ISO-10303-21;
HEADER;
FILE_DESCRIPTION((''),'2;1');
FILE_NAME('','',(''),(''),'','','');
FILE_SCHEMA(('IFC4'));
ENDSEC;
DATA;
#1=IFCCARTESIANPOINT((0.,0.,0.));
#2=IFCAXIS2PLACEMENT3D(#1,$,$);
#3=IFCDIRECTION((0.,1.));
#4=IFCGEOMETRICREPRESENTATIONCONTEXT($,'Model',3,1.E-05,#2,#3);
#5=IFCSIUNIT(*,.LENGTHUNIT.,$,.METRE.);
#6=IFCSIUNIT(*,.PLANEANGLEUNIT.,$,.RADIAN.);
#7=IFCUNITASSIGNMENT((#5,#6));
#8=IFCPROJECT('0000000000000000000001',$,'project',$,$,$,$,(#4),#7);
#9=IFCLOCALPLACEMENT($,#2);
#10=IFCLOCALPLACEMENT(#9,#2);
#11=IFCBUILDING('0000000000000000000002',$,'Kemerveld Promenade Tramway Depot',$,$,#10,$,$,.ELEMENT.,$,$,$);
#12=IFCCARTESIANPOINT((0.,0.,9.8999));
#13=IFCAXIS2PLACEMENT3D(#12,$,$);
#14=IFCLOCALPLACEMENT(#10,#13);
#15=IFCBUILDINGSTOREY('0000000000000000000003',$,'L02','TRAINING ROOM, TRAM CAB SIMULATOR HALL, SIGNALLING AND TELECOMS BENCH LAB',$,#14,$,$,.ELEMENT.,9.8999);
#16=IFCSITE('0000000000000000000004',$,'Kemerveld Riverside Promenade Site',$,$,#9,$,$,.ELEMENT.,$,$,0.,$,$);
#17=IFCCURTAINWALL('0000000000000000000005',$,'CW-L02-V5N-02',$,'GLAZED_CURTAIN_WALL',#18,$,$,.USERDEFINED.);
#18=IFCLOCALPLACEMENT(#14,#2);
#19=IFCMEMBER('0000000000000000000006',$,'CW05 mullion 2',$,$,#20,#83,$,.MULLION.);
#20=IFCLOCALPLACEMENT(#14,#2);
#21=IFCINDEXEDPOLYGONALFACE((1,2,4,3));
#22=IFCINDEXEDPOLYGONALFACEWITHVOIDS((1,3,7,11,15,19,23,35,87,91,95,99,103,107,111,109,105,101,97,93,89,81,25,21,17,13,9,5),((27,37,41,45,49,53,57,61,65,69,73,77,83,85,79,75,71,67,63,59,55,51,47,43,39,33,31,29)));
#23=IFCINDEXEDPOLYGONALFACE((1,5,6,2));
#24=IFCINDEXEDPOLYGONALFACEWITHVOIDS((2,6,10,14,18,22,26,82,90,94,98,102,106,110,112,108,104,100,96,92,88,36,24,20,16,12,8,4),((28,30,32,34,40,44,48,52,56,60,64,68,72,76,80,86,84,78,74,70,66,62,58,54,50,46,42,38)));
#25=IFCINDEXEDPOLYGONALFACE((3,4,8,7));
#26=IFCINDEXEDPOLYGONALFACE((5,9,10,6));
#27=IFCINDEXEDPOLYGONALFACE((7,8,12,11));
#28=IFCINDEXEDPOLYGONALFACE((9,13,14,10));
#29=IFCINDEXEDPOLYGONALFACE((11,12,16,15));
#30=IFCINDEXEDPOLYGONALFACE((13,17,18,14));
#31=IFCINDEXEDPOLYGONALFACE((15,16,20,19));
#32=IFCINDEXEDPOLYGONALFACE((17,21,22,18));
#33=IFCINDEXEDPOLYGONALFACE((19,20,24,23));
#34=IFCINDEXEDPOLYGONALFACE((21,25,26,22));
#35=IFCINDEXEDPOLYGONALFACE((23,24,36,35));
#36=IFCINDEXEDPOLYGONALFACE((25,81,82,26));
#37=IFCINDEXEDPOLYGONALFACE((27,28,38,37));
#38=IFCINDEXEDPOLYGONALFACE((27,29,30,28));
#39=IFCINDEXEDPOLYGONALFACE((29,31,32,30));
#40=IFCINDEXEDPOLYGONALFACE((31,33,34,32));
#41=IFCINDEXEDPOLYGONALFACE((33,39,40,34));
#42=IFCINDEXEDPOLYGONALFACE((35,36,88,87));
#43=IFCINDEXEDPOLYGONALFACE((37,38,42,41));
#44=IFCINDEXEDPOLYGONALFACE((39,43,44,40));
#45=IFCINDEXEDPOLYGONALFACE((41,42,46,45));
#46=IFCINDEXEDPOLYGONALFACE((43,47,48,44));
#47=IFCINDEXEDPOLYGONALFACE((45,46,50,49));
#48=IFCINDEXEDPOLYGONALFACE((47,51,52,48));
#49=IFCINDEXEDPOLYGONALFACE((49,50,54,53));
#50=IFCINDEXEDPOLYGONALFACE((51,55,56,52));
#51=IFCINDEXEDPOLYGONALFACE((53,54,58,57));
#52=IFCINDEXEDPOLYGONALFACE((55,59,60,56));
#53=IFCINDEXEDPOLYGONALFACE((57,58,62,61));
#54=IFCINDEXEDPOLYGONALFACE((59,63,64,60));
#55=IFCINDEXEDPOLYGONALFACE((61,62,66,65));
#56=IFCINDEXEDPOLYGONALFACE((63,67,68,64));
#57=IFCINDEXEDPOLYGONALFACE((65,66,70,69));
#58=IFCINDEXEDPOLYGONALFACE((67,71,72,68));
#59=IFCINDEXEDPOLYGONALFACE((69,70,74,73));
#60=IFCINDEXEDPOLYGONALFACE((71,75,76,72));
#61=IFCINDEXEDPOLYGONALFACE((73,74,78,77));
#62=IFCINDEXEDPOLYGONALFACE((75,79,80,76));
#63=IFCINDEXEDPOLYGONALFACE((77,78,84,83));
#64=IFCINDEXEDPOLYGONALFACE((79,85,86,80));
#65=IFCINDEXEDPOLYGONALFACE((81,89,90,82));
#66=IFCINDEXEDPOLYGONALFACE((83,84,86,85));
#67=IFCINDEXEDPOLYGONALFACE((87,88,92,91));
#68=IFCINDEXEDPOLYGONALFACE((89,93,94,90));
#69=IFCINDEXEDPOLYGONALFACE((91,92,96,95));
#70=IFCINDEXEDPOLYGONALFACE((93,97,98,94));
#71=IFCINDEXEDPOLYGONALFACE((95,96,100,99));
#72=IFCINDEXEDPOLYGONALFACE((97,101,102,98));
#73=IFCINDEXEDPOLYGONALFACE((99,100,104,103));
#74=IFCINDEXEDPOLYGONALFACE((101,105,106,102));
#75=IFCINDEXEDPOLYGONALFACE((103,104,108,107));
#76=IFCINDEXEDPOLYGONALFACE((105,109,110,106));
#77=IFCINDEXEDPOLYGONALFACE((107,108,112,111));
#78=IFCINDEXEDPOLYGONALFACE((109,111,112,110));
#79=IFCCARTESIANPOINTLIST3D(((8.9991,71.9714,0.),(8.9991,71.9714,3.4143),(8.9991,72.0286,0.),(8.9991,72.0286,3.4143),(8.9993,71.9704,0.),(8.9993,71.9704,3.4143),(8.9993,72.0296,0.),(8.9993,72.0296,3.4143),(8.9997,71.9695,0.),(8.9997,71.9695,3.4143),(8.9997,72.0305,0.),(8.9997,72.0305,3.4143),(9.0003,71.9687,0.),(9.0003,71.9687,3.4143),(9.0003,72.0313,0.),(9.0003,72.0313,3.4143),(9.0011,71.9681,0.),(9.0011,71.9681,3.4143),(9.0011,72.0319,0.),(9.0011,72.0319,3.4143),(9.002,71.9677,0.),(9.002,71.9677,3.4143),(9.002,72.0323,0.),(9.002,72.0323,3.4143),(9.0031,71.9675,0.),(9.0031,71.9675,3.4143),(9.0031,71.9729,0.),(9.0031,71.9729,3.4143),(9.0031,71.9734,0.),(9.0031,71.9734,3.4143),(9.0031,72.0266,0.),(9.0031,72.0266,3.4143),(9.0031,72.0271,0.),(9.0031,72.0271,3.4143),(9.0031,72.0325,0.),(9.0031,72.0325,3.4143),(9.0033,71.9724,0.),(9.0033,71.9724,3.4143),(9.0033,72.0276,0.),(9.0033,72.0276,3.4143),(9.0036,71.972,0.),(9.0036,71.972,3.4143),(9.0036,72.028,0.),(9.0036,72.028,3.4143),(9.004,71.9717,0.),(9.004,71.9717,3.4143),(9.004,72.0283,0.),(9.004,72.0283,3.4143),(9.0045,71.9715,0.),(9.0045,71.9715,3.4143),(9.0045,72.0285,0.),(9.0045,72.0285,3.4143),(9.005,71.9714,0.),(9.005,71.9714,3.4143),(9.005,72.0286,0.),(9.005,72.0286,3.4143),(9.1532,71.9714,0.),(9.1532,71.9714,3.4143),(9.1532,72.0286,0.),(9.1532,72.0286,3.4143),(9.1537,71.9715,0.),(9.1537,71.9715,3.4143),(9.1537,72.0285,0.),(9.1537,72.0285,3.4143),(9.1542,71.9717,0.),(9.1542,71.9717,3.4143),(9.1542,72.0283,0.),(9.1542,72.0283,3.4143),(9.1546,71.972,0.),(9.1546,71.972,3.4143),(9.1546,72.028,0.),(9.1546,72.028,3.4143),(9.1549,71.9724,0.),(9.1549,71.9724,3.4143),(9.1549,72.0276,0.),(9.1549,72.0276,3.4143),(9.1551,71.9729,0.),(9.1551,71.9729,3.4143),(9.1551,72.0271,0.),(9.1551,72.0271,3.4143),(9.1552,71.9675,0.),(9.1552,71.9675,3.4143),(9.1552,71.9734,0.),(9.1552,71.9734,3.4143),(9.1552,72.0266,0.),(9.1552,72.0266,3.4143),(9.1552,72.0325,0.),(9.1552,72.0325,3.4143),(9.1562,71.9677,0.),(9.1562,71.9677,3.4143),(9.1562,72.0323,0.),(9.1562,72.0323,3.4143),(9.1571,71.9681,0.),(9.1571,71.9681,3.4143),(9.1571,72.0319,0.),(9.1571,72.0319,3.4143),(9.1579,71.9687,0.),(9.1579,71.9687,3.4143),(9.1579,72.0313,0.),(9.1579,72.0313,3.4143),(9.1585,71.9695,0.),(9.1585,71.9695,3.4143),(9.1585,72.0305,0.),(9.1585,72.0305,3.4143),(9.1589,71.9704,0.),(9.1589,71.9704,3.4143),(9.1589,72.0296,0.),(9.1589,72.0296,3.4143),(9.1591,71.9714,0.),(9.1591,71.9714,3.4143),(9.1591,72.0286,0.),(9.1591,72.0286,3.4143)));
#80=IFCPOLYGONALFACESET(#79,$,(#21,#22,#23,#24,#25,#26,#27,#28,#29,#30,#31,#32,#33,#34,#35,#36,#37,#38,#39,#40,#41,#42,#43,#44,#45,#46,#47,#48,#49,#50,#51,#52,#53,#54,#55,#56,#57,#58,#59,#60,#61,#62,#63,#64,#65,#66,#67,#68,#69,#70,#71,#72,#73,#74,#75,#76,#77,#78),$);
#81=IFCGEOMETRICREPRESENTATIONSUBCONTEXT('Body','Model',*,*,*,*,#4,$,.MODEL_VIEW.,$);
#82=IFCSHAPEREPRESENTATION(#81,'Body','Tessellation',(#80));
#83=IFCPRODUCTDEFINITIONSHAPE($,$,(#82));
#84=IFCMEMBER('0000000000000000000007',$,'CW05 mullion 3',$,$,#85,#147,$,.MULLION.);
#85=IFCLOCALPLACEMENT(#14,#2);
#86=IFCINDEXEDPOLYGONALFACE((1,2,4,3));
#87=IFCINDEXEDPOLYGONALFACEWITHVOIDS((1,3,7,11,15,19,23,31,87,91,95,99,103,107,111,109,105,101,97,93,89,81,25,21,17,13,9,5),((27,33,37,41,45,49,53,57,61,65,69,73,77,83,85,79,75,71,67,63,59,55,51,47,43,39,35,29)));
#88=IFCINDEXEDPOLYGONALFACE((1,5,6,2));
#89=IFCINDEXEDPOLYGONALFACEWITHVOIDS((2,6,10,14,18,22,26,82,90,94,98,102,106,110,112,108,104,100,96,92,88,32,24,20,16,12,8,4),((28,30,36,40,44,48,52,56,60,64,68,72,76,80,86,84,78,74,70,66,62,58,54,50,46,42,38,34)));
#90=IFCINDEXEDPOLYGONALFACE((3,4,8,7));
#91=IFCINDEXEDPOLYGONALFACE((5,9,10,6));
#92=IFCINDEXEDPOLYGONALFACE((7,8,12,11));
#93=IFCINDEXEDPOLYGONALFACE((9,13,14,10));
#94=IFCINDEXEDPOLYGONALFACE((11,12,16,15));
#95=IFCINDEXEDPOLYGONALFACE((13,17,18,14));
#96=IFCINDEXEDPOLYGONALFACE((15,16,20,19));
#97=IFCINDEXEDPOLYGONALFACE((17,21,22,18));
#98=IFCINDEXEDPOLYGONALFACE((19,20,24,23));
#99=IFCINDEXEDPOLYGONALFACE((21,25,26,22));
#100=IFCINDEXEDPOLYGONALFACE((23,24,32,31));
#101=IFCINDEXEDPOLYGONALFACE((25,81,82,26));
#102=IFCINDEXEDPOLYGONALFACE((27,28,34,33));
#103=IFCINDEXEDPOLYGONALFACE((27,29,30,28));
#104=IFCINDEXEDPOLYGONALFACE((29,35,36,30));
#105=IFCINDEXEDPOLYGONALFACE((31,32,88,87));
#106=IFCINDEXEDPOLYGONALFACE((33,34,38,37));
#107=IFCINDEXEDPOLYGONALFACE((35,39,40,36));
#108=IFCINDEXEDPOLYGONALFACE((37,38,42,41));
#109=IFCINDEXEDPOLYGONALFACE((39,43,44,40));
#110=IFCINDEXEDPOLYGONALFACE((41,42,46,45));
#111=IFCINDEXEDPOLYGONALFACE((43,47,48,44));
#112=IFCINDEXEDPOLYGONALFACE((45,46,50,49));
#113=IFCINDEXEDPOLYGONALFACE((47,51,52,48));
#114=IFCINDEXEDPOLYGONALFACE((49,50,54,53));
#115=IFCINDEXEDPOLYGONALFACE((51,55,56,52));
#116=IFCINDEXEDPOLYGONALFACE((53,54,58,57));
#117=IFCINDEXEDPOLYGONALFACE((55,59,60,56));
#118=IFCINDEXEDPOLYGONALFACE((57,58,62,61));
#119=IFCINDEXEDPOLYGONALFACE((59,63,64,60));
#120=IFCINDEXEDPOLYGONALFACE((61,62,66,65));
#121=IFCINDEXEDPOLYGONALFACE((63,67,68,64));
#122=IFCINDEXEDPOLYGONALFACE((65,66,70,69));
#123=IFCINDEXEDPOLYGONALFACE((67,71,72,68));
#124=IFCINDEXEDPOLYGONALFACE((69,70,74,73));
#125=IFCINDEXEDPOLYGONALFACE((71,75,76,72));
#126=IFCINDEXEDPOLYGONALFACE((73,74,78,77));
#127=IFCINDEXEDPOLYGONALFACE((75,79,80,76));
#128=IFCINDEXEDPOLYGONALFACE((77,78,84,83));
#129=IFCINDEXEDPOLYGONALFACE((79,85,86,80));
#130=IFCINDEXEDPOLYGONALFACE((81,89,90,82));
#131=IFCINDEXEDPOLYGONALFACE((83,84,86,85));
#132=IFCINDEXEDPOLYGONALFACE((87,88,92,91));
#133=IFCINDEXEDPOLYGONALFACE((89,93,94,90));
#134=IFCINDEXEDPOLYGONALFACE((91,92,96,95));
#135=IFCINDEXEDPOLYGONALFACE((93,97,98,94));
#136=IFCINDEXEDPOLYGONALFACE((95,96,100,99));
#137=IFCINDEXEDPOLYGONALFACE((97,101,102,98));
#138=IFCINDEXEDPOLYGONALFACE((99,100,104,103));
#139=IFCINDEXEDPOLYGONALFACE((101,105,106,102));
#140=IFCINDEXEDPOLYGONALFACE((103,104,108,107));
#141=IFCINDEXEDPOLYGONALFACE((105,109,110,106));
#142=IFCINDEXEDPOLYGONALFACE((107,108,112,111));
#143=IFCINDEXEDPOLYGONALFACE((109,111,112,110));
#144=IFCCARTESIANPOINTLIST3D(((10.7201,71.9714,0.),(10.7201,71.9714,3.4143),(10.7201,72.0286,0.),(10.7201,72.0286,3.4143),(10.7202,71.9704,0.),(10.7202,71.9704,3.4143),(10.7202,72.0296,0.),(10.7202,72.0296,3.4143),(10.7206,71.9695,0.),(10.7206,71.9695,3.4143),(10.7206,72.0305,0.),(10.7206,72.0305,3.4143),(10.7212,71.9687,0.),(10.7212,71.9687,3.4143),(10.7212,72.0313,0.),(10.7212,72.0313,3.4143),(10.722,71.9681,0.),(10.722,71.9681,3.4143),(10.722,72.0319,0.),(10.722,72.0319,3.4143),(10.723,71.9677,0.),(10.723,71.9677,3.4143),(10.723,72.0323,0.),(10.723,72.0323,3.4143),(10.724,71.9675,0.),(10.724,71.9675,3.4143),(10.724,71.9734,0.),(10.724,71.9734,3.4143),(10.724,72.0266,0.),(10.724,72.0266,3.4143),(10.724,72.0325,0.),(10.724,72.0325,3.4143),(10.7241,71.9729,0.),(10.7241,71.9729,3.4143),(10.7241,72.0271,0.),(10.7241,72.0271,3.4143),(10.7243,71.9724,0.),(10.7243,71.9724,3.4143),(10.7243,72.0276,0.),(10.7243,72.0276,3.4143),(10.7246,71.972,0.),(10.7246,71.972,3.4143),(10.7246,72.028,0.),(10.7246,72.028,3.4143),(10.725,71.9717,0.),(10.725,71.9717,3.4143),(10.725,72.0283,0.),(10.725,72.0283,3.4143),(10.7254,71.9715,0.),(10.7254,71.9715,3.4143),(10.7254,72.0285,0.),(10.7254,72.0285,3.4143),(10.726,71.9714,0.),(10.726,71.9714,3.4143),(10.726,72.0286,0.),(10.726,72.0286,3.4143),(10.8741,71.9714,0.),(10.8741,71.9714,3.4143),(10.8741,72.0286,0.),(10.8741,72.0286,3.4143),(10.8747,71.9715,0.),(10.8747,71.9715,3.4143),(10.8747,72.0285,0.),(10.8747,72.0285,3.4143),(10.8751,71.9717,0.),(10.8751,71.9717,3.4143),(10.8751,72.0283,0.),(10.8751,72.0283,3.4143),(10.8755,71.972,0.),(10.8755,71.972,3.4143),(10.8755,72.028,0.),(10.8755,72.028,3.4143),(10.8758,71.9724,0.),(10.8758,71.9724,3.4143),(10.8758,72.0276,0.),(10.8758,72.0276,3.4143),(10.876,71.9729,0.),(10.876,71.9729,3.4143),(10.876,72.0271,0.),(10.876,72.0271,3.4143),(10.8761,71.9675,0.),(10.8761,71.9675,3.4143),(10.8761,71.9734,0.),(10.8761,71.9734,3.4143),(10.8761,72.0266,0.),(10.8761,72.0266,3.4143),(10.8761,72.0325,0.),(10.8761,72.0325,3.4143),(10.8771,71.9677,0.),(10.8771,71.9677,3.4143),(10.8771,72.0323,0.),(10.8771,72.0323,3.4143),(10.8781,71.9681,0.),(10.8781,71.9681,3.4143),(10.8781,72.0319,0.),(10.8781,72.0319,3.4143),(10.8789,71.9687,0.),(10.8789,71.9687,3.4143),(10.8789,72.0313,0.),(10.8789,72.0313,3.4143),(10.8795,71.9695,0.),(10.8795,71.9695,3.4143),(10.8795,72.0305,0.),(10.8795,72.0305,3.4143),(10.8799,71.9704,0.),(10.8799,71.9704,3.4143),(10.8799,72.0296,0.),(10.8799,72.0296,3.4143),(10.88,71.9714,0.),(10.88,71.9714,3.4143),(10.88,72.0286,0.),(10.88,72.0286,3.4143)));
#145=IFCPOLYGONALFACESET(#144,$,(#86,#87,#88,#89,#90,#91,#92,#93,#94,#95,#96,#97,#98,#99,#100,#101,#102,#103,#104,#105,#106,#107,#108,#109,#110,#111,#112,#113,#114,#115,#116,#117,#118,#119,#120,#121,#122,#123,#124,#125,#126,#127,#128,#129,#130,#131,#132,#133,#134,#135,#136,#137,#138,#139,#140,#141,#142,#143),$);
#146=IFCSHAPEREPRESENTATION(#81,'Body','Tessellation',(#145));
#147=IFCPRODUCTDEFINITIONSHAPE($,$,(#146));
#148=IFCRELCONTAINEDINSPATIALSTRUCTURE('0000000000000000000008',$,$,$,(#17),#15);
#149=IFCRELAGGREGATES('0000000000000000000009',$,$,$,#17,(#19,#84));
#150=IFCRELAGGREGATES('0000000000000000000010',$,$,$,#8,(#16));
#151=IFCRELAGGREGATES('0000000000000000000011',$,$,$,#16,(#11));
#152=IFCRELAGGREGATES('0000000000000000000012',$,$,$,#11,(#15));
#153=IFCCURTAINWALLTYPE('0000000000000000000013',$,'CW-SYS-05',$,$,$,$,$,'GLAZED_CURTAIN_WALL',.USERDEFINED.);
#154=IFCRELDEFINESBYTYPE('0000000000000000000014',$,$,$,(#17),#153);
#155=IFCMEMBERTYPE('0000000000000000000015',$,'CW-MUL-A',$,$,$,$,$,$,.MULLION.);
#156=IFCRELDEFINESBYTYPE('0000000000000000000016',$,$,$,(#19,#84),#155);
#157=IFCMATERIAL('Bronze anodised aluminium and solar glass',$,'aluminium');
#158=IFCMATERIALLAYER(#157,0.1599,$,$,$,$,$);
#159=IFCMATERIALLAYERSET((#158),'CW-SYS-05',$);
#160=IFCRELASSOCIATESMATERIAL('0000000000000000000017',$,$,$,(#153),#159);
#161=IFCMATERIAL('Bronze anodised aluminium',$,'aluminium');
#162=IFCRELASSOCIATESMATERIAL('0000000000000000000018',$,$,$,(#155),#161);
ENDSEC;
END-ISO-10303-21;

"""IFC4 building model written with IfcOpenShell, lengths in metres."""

from ifc_helpers import new_model, si_unit, direction, frame, origin, origin_2d, place, context, subcontext, project, spatial, hollow_rectangle, extrude, material, layer, layer_set, material_profile, profile_set, type_object, element, aggregate, save


model = new_model("IFC4")

# Units and contexts
model_context = context("Model", 3, precision=1e-05, world=origin(), true_north=direction((0.0, 1.0)))
body_context = subcontext(model_context, "Body", "Model", "MODEL_VIEW")
ifc_project = project(units=[si_unit("LENGTHUNIT", "METRE"), si_unit("PLANEANGLEUNIT", "RADIAN")], contexts=[model_context])

# Site, building, storey
site_placement = place(None, origin())
site = spatial("IfcSite", under=ifc_project, at=site_placement, Name="Kemerveld Riverside Promenade Site", CompositionType="ELEMENT", RefElevation=0.0)
building_placement = place(site_placement, origin())
building = spatial("IfcBuilding", under=site, at=building_placement, Name="Kemerveld Promenade Tramway Depot", CompositionType="ELEMENT")
storey_placement = place(building_placement, frame((0.0, 0.0, 9.8999)))
storey = spatial("IfcBuildingStorey", under=building, at=storey_placement, Name="L02", Description="TRAINING ROOM, TRAM CAB SIMULATOR HALL, SIGNALLING AND TELECOMS BENCH LAB", CompositionType="ELEMENT", Elevation=9.8999)

# Curtain wall, members
ifc_material_1 = material(Name="Bronze anodised aluminium and solar glass", Category="aluminium")
ifc_layer_1 = layer(ifc_material_1, 0.1599)
ifc_layer_set_1 = layer_set([ifc_layer_1], Name="CW-SYS-05")
curtain_wall_type = type_object("IfcCurtainWallType", Name="CW-SYS-05", ElementType="GLAZED_CURTAIN_WALL", PredefinedType="USERDEFINED", material=ifc_layer_set_1)
curtain_wall_placement = place(storey_placement, origin())
curtain_wall = element("IfcCurtainWall", 1, at=curtain_wall_placement, inside=storey, type_object=curtain_wall_type, Name="CW-L02-V5N-02", ObjectType="GLAZED_CURTAIN_WALL", PredefinedType="USERDEFINED")
ifc_material_2 = material(Name="Bronze anodised aluminium", Category="aluminium")
ifc_material_profile_1 = material_profile(ifc_material_2, hollow_rectangle(XDim=0.0649, YDim=0.1599, WallThickness=0.0039, InnerFilletRadius=0.002, OuterFilletRadius=0.0039, at=origin_2d()), Name="CW-MUL-160x65")
ifc_profile_set_1 = profile_set([ifc_material_profile_1], Name="Bronze anodised aluminium")
member_type_1 = type_object("IfcMemberType", Name="CW-MUL-A", PredefinedType="MULLION", material=ifc_profile_set_1)
member_1_placement = place(storey_placement, frame((9.0791, 72.0, 0.0), z_axis=(0.0, 0.0, 1.0), x_axis=(0.0, 1.0, 0.0)))
member_1 = element("IfcMember", 2, at=member_1_placement, type_object=member_type_1, Name="CW05 mullion 2", PredefinedType="MULLION", context=body_context, shape_type="SweptSolid", body=[
    extrude(hollow_rectangle(XDim=0.0649, YDim=0.1599, WallThickness=0.0039, InnerFilletRadius=0.002, OuterFilletRadius=0.0039, at=origin_2d()), origin(), (0.0, 0.0, 1.0), 3.4143),
])
member_2_placement = place(storey_placement, frame((10.8, 72.0, 0.0), z_axis=(0.0, 0.0, 1.0), x_axis=(0.0, 1.0, 0.0)))
member_2 = element("IfcMember", 3, at=member_2_placement, type_object=member_type_1, Name="CW05 mullion 3", PredefinedType="MULLION", context=body_context, shape_type="SweptSolid", body=[
    extrude(hollow_rectangle(XDim=0.0649, YDim=0.1599, WallThickness=0.0039, InnerFilletRadius=0.002, OuterFilletRadius=0.0039, at=origin_2d()), origin(), (0.0, 0.0, 1.0), 3.4143),
])
aggregate(curtain_wall, [member_1, member_2])

save(model, "model.ifc")
